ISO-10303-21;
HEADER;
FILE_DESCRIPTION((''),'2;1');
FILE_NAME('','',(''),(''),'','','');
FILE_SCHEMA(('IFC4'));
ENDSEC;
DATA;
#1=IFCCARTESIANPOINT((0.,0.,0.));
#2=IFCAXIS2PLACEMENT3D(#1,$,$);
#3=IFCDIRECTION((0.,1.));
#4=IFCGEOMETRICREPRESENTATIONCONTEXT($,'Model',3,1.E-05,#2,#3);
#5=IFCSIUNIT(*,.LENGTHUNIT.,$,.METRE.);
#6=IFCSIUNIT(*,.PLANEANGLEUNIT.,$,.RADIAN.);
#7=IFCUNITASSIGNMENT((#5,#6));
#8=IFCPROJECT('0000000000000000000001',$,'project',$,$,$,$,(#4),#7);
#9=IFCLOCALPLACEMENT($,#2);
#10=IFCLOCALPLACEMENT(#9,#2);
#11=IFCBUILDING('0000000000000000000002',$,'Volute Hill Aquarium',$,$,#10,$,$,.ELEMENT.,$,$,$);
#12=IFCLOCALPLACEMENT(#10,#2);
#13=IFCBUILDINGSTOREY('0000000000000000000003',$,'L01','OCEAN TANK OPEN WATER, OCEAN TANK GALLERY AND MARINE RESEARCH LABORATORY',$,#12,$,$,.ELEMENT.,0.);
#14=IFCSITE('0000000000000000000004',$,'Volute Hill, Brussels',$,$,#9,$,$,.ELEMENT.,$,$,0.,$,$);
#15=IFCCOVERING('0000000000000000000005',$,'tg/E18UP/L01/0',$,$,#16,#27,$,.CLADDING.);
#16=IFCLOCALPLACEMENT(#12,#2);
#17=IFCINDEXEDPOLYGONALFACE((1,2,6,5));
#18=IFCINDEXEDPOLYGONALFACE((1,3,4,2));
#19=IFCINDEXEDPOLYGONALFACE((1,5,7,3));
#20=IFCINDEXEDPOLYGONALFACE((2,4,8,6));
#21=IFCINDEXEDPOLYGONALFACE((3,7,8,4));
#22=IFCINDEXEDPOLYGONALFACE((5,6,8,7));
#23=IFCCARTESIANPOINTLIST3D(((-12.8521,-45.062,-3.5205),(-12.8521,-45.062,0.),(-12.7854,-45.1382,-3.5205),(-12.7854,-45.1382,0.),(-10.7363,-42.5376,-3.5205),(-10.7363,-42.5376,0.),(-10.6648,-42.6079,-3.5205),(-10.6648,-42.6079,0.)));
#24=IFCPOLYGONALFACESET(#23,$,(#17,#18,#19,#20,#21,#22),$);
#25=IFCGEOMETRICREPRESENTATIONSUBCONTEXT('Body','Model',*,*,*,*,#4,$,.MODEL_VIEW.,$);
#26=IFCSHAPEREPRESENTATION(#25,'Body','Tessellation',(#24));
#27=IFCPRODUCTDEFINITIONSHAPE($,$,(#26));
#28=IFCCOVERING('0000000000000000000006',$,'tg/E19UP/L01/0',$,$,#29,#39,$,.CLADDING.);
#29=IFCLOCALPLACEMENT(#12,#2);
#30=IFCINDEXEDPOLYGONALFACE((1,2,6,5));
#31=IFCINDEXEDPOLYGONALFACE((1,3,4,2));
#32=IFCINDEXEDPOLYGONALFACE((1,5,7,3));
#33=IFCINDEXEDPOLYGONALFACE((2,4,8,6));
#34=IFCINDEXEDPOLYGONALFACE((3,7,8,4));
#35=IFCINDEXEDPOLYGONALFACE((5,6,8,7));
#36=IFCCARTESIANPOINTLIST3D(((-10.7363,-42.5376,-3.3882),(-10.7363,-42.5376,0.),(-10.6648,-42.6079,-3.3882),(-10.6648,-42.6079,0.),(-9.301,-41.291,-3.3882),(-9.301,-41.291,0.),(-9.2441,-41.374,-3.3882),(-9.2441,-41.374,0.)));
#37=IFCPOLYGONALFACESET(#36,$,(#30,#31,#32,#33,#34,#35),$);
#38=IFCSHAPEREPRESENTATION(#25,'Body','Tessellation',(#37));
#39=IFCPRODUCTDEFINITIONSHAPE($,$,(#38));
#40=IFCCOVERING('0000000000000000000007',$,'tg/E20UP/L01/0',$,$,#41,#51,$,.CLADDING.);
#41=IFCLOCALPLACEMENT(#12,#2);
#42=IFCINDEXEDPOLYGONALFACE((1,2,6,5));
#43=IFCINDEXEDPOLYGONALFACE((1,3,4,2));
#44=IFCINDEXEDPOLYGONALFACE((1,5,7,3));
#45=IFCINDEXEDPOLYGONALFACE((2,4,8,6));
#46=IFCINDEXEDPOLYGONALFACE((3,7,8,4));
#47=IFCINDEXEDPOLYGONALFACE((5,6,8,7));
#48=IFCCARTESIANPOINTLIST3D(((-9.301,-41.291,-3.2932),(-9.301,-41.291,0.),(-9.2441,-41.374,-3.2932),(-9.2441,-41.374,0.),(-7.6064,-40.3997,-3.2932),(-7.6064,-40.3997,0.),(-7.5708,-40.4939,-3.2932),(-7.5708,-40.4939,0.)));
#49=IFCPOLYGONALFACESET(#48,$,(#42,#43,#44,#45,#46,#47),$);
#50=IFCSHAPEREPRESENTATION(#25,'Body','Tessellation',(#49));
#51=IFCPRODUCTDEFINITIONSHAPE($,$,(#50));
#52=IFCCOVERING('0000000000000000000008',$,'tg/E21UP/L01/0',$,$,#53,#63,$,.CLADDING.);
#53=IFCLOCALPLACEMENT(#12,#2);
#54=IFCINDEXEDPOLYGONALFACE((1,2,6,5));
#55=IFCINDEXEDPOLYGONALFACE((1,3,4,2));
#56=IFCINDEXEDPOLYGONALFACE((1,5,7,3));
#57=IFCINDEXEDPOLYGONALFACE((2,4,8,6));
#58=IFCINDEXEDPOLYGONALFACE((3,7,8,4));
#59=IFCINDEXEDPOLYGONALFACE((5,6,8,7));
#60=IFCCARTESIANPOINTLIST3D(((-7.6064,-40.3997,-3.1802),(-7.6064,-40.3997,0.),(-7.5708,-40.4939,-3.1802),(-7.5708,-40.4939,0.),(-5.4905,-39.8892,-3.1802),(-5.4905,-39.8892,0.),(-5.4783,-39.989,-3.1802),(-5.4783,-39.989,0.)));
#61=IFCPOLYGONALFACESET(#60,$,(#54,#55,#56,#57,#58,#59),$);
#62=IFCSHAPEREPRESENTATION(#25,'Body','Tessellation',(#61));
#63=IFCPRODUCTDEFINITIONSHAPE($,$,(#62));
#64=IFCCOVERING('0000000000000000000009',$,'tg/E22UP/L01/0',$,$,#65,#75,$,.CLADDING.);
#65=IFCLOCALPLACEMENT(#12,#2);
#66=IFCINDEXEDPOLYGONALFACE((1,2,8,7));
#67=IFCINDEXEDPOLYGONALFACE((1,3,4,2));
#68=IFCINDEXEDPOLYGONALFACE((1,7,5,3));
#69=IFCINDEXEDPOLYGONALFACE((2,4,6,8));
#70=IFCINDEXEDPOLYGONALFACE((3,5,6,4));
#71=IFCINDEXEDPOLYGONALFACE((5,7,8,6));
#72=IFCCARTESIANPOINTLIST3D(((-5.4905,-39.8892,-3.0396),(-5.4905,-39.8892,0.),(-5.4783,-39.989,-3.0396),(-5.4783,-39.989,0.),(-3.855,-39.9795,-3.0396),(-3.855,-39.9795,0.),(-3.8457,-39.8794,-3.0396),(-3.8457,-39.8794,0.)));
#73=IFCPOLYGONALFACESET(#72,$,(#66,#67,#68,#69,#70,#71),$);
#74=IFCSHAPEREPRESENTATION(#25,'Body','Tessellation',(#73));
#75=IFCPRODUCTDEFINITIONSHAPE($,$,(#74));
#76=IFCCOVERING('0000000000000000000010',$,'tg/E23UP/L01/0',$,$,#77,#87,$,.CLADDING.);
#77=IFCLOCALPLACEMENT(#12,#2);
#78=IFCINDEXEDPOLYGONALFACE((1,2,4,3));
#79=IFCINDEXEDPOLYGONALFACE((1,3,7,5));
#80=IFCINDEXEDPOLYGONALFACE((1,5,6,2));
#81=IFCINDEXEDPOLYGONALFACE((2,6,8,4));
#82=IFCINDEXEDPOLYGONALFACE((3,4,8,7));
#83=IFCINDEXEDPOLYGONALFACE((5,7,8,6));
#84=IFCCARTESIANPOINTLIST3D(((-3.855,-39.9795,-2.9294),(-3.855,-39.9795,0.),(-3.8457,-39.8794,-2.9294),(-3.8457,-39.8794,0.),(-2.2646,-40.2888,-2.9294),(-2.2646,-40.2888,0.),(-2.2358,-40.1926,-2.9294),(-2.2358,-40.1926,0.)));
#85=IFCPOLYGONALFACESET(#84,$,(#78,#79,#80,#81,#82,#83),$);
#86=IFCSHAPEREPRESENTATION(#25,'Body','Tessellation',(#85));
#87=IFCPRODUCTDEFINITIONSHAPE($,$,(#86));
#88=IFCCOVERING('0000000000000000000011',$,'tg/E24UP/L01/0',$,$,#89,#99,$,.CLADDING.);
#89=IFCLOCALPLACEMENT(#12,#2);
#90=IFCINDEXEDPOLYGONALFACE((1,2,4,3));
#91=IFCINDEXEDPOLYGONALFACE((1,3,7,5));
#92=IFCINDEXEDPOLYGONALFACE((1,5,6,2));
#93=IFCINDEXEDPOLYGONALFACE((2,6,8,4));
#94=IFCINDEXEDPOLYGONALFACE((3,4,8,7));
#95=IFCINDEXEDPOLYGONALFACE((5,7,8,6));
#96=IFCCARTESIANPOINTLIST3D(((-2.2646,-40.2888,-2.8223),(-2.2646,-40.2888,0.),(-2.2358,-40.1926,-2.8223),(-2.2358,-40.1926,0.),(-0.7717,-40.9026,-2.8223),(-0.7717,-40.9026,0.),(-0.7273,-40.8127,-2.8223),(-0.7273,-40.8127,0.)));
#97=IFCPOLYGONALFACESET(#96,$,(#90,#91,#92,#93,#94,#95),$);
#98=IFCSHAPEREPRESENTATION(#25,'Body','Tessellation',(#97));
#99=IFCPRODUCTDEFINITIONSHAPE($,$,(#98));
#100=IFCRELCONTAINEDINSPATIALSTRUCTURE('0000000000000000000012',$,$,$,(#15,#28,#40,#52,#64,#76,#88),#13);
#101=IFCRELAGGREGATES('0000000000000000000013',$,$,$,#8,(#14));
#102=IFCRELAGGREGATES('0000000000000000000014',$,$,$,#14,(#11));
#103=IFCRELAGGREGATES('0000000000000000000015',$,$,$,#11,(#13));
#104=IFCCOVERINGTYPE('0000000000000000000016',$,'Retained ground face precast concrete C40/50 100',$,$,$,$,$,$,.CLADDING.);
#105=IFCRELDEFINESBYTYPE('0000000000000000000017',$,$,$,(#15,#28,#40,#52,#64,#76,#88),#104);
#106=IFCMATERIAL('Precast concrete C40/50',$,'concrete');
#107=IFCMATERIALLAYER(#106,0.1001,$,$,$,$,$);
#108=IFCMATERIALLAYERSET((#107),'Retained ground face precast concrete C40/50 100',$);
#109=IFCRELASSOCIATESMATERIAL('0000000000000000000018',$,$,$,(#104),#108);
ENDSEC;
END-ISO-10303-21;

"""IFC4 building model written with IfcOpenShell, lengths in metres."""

from ifc_helpers import new_model, si_unit, direction, frame, origin, place, context, subcontext, project, spatial, polyline, outline, extrude, material, layer, layer_set, type_object, element, save


model = new_model("IFC4")

# Units and contexts
model_context = context("Model", 3, precision=1e-05, world=origin(), true_north=direction((0.0, 1.0)))
body_context = subcontext(model_context, "Body", "Model", "MODEL_VIEW")
ifc_project = project(units=[si_unit("LENGTHUNIT", "METRE"), si_unit("PLANEANGLEUNIT", "RADIAN")], contexts=[model_context])

# Site, building, storey
site_placement = place(None, origin())
site = spatial("IfcSite", under=ifc_project, at=site_placement, Name="Volute Hill, Brussels", CompositionType="ELEMENT", RefElevation=0.0)
building_placement = place(site_placement, origin())
building = spatial("IfcBuilding", under=site, at=building_placement, Name="Volute Hill Aquarium", CompositionType="ELEMENT")
storey_placement = place(building_placement, origin())
storey = spatial("IfcBuildingStorey", under=building, at=storey_placement, Name="L01", Description="OCEAN TANK OPEN WATER, OCEAN TANK GALLERY AND MARINE RESEARCH LABORATORY", CompositionType="ELEMENT", Elevation=0.0)

# Coverings
ifc_material_1 = material(Name="Precast concrete C40/50", Category="concrete")
ifc_layer_1 = layer(ifc_material_1, 0.1001)
ifc_layer_set_1 = layer_set([ifc_layer_1], Name="Retained ground face precast concrete C40/50 100")
covering_type_1 = type_object("IfcCoveringType", Name="Retained ground face precast concrete C40/50 100", PredefinedType="CLADDING", material=ifc_layer_set_1)
covering_1_placement = place(storey_placement, frame((0.0, 0.0, -3.5205)))
element("IfcCovering", 1, at=covering_1_placement, inside=storey, type_object=covering_type_1, Name="tg/E18UP/L01/0", PredefinedType="CLADDING", context=body_context, shape_type="SweptSolid", body=[
    extrude(outline(polyline([(-10.6648, -42.6079), (-10.6648, -42.6079), (-10.7363, -42.5376), (-10.7363, -42.5376), (-12.8521, -45.062), (-12.7854, -45.1382), (-10.6648, -42.6079)])), origin(), (0.0, 0.0, 1.0), 3.5205),
])
covering_2_placement = place(storey_placement, frame((0.0, 0.0, -3.3882)))
element("IfcCovering", 2, at=covering_2_placement, inside=storey, type_object=covering_type_1, Name="tg/E19UP/L01/0", PredefinedType="CLADDING", context=body_context, shape_type="SweptSolid", body=[
    extrude(outline(polyline([(-9.2441, -41.374), (-9.2441, -41.374), (-9.301, -41.291), (-10.7363, -42.5376), (-10.6648, -42.6079), (-9.2441, -41.374)])), origin(), (0.0, 0.0, 1.0), 3.3882),
])
covering_3_placement = place(storey_placement, frame((0.0, 0.0, -3.2932)))
element("IfcCovering", 3, at=covering_3_placement, inside=storey, type_object=covering_type_1, Name="tg/E20UP/L01/0", PredefinedType="CLADDING", context=body_context, shape_type="SweptSolid", body=[
    extrude(outline(polyline([(-9.2441, -41.374), (-7.5708, -40.4939), (-7.6064, -40.3997), (-9.301, -41.291), (-9.301, -41.291), (-9.2441, -41.374)])), origin(), (0.0, 0.0, 1.0), 3.2932),
])
covering_4_placement = place(storey_placement, frame((0.0, 0.0, -3.1802)))
element("IfcCovering", 4, at=covering_4_placement, inside=storey, type_object=covering_type_1, Name="tg/E21UP/L01/0", PredefinedType="CLADDING", context=body_context, shape_type="SweptSolid", body=[
    extrude(outline(polyline([(-5.4783, -39.989), (-5.4783, -39.989), (-5.4905, -39.8892), (-5.4905, -39.8892), (-7.6064, -40.3997), (-7.6064, -40.3997), (-7.5708, -40.4939), (-7.5708, -40.4939), (-5.4783, -39.989)])), origin(), (0.0, 0.0, 1.0), 3.1802),
])
covering_5_placement = place(storey_placement, frame((0.0, 0.0, -3.0396)))
element("IfcCovering", 5, at=covering_5_placement, inside=storey, type_object=covering_type_1, Name="tg/E22UP/L01/0", PredefinedType="CLADDING", context=body_context, shape_type="SweptSolid", body=[
    extrude(outline(polyline([(-3.855, -39.9795), (-3.855, -39.9795), (-3.8457, -39.8794), (-3.8457, -39.8794), (-5.4905, -39.8892), (-5.4783, -39.989), (-3.855, -39.9795)])), origin(), (0.0, 0.0, 1.0), 3.0396),
])
covering_6_placement = place(storey_placement, frame((0.0, 0.0, -2.9294)))
element("IfcCovering", 6, at=covering_6_placement, inside=storey, type_object=covering_type_1, Name="tg/E23UP/L01/0", PredefinedType="CLADDING", context=body_context, shape_type="SweptSolid", body=[
    extrude(outline(polyline([(-2.2646, -40.2888), (-2.2646, -40.2888), (-2.2358, -40.1926), (-2.2358, -40.1926), (-3.8457, -39.8794), (-3.855, -39.9795), (-2.2646, -40.2888)])), origin(), (0.0, 0.0, 1.0), 2.9294),
])
covering_7_placement = place(storey_placement, frame((0.0, 0.0, -2.8223)))
element("IfcCovering", 7, at=covering_7_placement, inside=storey, type_object=covering_type_1, Name="tg/E24UP/L01/0", PredefinedType="CLADDING", context=body_context, shape_type="SweptSolid", body=[
    extrude(outline(polyline([(-2.2646, -40.2888), (-0.7717, -40.9026), (-0.7273, -40.8127), (-2.2358, -40.1926), (-2.2646, -40.2888)])), origin(), (0.0, 0.0, 1.0), 2.8223),
])

save(model, "model.ifc")
